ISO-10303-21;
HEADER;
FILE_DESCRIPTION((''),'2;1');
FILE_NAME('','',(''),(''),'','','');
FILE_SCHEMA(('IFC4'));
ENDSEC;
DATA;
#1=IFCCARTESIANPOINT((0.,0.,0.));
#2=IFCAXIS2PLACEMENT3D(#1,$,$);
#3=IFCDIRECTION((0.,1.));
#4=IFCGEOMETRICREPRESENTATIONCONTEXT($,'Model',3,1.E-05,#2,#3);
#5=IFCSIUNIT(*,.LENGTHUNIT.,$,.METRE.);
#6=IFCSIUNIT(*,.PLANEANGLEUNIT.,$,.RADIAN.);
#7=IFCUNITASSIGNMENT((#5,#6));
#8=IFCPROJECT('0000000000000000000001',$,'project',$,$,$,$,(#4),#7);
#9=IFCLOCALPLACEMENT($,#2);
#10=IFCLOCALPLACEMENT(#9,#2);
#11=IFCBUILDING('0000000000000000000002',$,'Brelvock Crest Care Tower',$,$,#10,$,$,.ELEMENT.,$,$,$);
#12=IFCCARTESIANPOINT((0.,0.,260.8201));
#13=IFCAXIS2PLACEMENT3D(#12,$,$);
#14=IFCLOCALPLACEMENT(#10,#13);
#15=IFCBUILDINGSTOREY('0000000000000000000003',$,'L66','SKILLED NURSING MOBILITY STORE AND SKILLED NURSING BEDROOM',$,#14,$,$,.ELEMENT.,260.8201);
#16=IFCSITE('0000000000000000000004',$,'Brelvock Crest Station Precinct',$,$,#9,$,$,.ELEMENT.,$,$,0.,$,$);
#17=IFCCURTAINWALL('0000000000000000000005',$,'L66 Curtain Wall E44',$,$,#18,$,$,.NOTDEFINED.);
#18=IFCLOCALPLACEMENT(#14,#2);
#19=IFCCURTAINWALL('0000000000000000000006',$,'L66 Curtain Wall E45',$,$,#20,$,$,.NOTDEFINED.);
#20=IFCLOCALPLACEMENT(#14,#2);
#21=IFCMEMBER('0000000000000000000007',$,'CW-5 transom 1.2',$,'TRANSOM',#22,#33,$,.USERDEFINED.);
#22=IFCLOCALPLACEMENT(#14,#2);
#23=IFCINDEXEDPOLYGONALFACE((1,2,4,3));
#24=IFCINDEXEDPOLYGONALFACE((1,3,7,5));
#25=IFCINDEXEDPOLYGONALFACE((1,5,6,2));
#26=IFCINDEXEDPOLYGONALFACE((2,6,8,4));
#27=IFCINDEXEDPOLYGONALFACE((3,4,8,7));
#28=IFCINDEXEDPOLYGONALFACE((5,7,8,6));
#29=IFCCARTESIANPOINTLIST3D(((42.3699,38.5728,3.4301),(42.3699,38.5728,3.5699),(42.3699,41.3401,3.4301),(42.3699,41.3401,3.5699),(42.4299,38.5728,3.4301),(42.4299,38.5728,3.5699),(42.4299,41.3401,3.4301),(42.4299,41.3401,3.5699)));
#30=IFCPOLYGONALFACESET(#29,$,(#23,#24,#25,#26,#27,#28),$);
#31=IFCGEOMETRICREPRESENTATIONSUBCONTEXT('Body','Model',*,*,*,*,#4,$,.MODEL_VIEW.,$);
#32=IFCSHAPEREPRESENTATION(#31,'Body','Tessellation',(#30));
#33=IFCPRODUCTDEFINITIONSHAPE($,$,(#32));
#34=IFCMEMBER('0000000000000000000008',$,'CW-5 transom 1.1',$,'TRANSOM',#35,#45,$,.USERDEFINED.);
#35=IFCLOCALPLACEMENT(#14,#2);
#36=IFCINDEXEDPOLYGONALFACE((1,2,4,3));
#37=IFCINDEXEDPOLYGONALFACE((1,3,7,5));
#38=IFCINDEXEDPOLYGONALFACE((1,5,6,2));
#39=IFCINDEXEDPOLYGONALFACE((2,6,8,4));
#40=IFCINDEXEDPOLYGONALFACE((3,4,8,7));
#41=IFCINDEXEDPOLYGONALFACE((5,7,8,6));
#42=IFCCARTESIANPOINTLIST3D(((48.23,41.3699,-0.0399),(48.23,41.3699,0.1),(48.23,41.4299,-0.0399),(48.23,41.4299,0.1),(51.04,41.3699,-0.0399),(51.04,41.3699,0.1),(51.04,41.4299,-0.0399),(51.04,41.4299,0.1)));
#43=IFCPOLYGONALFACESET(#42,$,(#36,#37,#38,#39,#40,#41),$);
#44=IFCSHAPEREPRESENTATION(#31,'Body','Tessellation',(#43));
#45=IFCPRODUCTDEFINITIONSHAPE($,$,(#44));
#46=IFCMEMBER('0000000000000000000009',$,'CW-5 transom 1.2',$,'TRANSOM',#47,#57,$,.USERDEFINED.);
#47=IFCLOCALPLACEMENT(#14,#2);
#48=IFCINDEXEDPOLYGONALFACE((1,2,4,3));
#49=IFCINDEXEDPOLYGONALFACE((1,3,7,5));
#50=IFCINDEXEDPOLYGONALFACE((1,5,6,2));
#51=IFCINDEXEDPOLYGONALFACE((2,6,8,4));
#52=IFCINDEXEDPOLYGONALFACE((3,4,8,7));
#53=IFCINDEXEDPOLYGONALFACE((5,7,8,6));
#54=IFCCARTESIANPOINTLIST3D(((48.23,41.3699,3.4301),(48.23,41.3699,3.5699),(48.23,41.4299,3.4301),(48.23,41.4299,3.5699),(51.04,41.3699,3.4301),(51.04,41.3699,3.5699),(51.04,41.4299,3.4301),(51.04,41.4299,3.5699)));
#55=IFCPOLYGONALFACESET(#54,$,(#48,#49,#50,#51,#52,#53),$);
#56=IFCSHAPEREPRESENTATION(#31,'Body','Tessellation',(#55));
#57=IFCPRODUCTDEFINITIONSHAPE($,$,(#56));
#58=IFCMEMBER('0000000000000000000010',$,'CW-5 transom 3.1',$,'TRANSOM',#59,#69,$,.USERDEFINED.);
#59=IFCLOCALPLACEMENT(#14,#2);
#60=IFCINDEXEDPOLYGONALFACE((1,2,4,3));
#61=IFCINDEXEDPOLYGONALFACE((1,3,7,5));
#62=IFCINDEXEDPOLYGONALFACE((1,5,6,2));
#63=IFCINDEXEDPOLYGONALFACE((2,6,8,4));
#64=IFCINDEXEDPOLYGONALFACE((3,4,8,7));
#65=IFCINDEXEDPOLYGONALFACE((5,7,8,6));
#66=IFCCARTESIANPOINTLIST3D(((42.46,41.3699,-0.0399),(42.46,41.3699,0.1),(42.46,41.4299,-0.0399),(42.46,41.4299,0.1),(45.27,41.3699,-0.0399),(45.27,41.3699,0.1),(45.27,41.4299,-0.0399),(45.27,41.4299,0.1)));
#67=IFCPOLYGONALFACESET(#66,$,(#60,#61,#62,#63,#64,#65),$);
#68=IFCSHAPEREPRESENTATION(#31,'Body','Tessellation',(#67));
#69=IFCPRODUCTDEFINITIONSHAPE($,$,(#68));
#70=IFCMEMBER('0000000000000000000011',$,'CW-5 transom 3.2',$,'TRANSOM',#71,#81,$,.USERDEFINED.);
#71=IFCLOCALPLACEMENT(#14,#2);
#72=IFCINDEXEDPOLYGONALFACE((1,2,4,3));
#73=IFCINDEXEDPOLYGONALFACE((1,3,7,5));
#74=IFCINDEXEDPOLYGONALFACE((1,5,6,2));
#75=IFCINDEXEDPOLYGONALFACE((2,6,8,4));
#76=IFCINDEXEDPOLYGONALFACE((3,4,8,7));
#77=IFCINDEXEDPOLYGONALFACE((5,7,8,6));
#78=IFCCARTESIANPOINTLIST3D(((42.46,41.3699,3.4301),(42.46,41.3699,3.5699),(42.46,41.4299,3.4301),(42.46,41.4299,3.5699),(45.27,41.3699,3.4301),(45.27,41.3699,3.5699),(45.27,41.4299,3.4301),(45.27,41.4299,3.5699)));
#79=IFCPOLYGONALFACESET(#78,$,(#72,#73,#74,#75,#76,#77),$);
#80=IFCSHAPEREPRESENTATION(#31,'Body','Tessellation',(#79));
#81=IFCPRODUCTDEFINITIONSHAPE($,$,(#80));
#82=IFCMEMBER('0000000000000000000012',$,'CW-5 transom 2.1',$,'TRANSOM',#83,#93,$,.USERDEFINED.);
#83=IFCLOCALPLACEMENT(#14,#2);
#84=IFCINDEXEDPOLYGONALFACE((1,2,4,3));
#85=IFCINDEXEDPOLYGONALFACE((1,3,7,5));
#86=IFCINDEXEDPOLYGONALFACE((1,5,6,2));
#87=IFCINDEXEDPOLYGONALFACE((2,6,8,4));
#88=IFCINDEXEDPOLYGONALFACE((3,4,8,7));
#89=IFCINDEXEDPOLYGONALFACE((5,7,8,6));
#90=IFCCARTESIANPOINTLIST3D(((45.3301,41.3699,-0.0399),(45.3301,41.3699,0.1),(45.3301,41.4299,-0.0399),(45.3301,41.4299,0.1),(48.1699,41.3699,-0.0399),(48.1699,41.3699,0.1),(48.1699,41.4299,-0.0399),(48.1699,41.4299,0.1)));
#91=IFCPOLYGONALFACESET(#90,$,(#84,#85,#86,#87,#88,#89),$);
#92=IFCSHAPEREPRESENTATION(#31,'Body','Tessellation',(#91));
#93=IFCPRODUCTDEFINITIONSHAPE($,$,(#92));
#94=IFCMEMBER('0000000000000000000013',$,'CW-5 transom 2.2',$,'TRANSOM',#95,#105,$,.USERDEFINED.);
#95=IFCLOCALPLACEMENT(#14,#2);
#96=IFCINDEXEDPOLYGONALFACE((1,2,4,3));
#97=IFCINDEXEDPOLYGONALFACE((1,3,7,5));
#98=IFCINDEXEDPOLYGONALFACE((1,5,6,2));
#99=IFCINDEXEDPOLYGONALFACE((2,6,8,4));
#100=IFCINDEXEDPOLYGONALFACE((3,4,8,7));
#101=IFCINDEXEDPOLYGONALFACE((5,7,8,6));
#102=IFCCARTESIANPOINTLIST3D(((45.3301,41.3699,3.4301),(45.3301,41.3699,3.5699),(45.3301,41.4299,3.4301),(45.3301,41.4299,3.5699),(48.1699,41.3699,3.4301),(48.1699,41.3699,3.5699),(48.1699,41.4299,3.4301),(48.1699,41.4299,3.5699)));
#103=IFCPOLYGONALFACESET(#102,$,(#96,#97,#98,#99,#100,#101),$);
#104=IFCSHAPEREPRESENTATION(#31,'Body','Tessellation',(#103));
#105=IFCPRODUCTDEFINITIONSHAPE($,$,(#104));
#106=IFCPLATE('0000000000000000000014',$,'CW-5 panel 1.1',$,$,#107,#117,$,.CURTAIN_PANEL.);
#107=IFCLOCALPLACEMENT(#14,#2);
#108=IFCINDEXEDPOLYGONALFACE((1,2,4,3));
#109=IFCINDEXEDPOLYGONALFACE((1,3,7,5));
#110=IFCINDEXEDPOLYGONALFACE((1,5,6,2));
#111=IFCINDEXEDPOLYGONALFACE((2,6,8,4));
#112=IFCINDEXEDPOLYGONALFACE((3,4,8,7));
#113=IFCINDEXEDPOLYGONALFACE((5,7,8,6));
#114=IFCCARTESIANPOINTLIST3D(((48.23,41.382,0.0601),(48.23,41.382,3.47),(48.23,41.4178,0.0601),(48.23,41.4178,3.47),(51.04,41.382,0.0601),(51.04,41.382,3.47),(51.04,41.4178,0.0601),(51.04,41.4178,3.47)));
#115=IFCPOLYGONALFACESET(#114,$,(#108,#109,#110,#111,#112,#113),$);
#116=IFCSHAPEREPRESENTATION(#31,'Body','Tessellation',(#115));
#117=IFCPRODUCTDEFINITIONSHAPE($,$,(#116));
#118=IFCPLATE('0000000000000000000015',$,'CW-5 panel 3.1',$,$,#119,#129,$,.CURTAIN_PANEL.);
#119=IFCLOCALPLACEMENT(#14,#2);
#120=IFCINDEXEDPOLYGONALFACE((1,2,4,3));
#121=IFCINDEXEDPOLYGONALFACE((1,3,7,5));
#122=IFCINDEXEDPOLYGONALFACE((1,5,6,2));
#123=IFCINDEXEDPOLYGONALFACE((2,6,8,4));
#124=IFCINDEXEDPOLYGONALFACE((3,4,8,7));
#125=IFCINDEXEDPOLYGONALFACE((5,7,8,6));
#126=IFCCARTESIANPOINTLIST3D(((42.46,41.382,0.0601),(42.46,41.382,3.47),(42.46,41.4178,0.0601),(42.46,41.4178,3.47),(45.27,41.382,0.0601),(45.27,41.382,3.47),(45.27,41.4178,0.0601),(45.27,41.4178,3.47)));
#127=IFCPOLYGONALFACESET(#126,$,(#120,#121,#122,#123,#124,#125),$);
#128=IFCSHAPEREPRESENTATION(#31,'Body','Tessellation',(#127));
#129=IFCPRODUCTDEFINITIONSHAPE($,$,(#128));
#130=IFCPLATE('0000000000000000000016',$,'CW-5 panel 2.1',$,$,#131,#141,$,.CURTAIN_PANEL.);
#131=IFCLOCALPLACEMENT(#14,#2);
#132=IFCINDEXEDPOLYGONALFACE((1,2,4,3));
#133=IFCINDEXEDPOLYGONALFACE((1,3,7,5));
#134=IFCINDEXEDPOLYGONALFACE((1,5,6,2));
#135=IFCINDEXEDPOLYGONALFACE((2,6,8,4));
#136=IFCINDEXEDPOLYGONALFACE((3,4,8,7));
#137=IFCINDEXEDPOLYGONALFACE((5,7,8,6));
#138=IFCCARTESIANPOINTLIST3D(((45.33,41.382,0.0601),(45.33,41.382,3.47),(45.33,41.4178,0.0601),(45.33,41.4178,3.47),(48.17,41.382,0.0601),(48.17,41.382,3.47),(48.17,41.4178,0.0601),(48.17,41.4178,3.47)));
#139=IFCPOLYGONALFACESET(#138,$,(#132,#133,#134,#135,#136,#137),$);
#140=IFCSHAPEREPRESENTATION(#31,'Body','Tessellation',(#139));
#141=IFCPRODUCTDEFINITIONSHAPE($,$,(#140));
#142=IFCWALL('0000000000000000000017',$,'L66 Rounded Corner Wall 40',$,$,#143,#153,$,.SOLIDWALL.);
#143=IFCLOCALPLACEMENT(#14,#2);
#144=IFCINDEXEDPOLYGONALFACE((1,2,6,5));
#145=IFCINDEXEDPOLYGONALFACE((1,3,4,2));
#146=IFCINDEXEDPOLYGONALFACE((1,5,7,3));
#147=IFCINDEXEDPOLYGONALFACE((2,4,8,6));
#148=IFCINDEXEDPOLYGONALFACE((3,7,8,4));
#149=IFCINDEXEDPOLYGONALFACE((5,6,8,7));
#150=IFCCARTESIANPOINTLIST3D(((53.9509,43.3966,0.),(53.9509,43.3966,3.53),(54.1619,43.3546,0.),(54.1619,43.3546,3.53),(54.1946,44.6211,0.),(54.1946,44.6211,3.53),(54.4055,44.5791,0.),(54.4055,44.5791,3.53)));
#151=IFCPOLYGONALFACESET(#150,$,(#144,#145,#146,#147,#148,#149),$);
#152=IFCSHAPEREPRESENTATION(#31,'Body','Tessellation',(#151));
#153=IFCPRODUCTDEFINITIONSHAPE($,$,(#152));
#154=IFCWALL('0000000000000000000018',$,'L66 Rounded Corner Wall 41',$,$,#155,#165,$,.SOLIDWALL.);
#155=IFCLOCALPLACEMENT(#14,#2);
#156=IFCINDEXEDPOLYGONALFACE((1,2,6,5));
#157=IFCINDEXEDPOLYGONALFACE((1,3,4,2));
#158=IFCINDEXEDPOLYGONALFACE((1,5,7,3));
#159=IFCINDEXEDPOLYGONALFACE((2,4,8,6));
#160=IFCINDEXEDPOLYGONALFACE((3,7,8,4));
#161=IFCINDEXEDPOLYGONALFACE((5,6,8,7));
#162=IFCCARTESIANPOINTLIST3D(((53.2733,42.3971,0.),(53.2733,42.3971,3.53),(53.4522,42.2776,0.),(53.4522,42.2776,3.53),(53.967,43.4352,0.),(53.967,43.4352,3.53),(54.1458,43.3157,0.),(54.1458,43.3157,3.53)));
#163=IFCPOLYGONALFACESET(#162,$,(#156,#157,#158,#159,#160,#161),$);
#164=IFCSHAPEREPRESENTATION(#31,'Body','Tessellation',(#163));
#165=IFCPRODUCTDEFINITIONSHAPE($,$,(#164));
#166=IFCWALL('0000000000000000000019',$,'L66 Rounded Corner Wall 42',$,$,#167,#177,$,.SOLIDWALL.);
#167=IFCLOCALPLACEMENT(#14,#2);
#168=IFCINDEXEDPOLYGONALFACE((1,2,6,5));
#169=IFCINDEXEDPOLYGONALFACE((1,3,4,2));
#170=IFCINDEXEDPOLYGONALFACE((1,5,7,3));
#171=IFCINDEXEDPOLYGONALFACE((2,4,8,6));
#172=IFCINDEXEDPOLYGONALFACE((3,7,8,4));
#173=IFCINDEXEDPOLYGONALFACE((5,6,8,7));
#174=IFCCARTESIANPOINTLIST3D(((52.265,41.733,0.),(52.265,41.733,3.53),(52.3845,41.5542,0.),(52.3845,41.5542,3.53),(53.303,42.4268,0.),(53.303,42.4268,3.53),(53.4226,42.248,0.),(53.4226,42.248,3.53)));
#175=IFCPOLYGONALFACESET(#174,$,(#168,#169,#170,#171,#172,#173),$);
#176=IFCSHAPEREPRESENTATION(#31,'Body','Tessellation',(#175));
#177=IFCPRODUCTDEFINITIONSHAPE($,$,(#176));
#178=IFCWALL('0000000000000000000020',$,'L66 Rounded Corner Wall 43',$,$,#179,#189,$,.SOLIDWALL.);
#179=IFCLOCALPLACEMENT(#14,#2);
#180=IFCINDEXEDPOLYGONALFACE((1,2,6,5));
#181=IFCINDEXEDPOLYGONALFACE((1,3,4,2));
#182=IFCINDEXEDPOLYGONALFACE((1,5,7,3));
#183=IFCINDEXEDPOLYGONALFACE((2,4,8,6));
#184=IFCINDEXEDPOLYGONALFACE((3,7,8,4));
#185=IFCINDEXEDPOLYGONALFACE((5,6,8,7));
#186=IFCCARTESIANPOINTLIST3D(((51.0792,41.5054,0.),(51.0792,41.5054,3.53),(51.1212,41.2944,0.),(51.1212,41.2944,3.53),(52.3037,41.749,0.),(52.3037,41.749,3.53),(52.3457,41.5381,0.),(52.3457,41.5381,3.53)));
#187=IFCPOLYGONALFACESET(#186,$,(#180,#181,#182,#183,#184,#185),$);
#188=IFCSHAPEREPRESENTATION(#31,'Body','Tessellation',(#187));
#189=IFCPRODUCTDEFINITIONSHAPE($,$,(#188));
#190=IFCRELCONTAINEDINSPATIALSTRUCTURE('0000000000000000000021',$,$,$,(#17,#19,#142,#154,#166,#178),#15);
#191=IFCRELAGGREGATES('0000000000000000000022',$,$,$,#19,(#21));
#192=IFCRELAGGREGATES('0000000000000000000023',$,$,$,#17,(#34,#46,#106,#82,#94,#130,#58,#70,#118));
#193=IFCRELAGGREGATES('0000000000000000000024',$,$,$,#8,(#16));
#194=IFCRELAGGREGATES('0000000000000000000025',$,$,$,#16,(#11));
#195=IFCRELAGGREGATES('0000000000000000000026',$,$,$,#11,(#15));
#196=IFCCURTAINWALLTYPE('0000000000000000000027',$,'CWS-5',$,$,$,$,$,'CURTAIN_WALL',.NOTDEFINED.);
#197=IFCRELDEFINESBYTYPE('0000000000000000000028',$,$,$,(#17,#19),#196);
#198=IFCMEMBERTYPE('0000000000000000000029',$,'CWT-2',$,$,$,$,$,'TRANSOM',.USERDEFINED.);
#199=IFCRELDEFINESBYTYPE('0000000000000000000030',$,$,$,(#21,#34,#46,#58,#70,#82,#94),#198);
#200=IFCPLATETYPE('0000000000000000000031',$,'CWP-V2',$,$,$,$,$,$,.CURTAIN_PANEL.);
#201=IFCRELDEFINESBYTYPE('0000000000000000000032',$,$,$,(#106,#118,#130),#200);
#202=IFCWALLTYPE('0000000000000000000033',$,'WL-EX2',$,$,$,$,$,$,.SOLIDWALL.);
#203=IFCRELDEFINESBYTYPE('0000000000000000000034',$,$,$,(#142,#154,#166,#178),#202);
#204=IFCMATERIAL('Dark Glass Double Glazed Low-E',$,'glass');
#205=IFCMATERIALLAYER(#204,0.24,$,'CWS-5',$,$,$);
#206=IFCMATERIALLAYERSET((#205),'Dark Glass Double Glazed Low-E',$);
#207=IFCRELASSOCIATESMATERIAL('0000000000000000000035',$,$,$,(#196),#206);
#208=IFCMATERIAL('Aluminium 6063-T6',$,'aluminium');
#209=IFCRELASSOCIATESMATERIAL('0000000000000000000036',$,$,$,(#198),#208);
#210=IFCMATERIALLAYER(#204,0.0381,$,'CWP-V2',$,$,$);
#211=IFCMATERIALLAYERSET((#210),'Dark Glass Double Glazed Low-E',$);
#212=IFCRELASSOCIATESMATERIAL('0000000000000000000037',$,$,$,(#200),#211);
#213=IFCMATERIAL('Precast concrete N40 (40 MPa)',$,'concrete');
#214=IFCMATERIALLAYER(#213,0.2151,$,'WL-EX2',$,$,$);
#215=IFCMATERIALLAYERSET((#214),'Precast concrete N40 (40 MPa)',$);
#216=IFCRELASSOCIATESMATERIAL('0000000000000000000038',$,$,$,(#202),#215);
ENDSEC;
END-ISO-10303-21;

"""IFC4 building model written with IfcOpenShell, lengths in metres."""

from ifc_helpers import new_model, si_unit, direction, frame, frame_2d, origin, origin_2d, place, context, subcontext, project, spatial, rectangle, extrude, source, transform, mapped, material, layer, layer_set, material_profile, profile_set, type_object, element, aggregate, save


model = new_model("IFC4")

# Units and contexts
model_context = context("Model", 3, precision=1e-05, world=origin(), true_north=direction((0.0, 1.0)))
body_context = subcontext(model_context, "Body", "Model", "MODEL_VIEW")
ifc_project = project(units=[si_unit("LENGTHUNIT", "METRE"), si_unit("PLANEANGLEUNIT", "RADIAN")], contexts=[model_context])

# Site, building, storey
site_placement = place(None, origin())
site = spatial("IfcSite", under=ifc_project, at=site_placement, Name="Brelvock Crest Station Precinct", CompositionType="ELEMENT", RefElevation=0.0)
building_placement = place(site_placement, origin())
building = spatial("IfcBuilding", under=site, at=building_placement, Name="Brelvock Crest Care Tower", CompositionType="ELEMENT")
storey_placement = place(building_placement, frame((0.0, 0.0, 260.8201)))
storey = spatial("IfcBuildingStorey", under=building, at=storey_placement, Name="L66", Description="SKILLED NURSING MOBILITY STORE AND SKILLED NURSING BEDROOM", CompositionType="ELEMENT", Elevation=260.8201)

# Curtain walls, member
ifc_material_1 = material(Name="Dark Glass Double Glazed Low-E", Category="glass")
ifc_layer_1 = layer(ifc_material_1, 0.24, Name="CWS-5")
ifc_layer_set_1 = layer_set([ifc_layer_1], Name="Dark Glass Double Glazed Low-E")
curtain_wall_type = type_object("IfcCurtainWallType", Name="CWS-5", ElementType="CURTAIN_WALL", PredefinedType="NOTDEFINED", material=ifc_layer_set_1)
curtain_wall_1_placement = place(storey_placement, origin())
curtain_wall_1 = element("IfcCurtainWall", 1, at=curtain_wall_1_placement, inside=storey, type_object=curtain_wall_type, Name="L66 Curtain Wall E44", PredefinedType="NOTDEFINED")
ifc_material_2 = material(Name="Aluminium 6063-T6", Category="aluminium")
curtain_wall_2_placement = place(storey_placement, origin())
curtain_wall_2 = element("IfcCurtainWall", 2, at=curtain_wall_2_placement, inside=storey, type_object=curtain_wall_type, Name="L66 Curtain Wall E45", PredefinedType="NOTDEFINED")
ifc_material_profile_1 = material_profile(ifc_material_2, rectangle(XDim=0.0601, YDim=0.1399, at=origin_2d()), Name="ALU60x140")
ifc_profile_set_1 = profile_set([ifc_material_profile_1], Name="Aluminium 6063-T6")
member_type_1 = type_object("IfcMemberType", Name="CWT-2", ElementType="TRANSOM", PredefinedType="USERDEFINED", material=ifc_profile_set_1)
shared_shape_1 = source(origin(), body_context, "Body", "SweptSolid", [
    extrude(rectangle(XDim=0.0601, YDim=0.1399, at=origin_2d()), origin(), (0.0, 0.0, 1.0), 2.7673),
])
member_1_placement = place(storey_placement, frame((42.3999, 41.3401, 3.5), z_axis=(0.0, -1.0, 0.0), x_axis=(1.0, 0.0, 0.0)))
member_1 = element("IfcMember", 3, at=member_1_placement, type_object=member_type_1, Name="CW-5 transom 1.2", ObjectType="TRANSOM", PredefinedType="USERDEFINED", context=body_context, shape_type="MappedRepresentation", body=[
    mapped(shared_shape_1, transform((0.0, 0.0, 0.0), x_axis=(1.0, 0.0, 0.0), y_axis=(0.0, 1.0, 0.0), z_axis=(0.0, 0.0, 1.0), scale=1.0)),
])
aggregate(curtain_wall_2, [member_1])

# Members
shared_shape_2 = source(origin(), body_context, "Body", "SweptSolid", [
    extrude(rectangle(XDim=0.0601, YDim=0.1399, at=origin_2d()), origin(), (0.0, 0.0, 1.0), 2.8101),
])
member_2_placement = place(storey_placement, frame((51.04, 41.3999, 0.03), z_axis=(-1.0, 0.0, 0.0), x_axis=(0.0, -1.0, 0.0)))
member_2 = element("IfcMember", 4, at=member_2_placement, type_object=member_type_1, Name="CW-5 transom 1.1", ObjectType="TRANSOM", PredefinedType="USERDEFINED", context=body_context, shape_type="MappedRepresentation", body=[
    mapped(shared_shape_2, transform((0.0, 0.0, 0.0), x_axis=(1.0, 0.0, 0.0), y_axis=(0.0, 1.0, 0.0), z_axis=(0.0, 0.0, 1.0), scale=1.0)),
])
member_3_placement = place(storey_placement, frame((51.04, 41.3999, 3.5), z_axis=(-1.0, 0.0, 0.0), x_axis=(0.0, -1.0, 0.0)))
member_3 = element("IfcMember", 5, at=member_3_placement, type_object=member_type_1, Name="CW-5 transom 1.2", ObjectType="TRANSOM", PredefinedType="USERDEFINED", context=body_context, shape_type="MappedRepresentation", body=[
    mapped(shared_shape_2, transform((0.0, 0.0, 0.0), x_axis=(1.0, 0.0, 0.0), y_axis=(0.0, 1.0, 0.0), z_axis=(0.0, 0.0, 1.0), scale=1.0)),
])
member_4_placement = place(storey_placement, frame((45.27, 41.3999, 0.03), z_axis=(-1.0, 0.0, 0.0), x_axis=(0.0, -1.0, 0.0)))
member_4 = element("IfcMember", 6, at=member_4_placement, type_object=member_type_1, Name="CW-5 transom 3.1", ObjectType="TRANSOM", PredefinedType="USERDEFINED", context=body_context, shape_type="MappedRepresentation", body=[
    mapped(shared_shape_2, transform((0.0, 0.0, 0.0), x_axis=(1.0, 0.0, 0.0), y_axis=(0.0, 1.0, 0.0), z_axis=(0.0, 0.0, 1.0), scale=1.0)),
])
member_5_placement = place(storey_placement, frame((45.27, 41.3999, 3.5), z_axis=(-1.0, 0.0, 0.0), x_axis=(0.0, -1.0, 0.0)))
member_5 = element("IfcMember", 7, at=member_5_placement, type_object=member_type_1, Name="CW-5 transom 3.2", ObjectType="TRANSOM", PredefinedType="USERDEFINED", context=body_context, shape_type="MappedRepresentation", body=[
    mapped(shared_shape_2, transform((0.0, 0.0, 0.0), x_axis=(1.0, 0.0, 0.0), y_axis=(0.0, 1.0, 0.0), z_axis=(0.0, 0.0, 1.0), scale=1.0)),
])
shared_shape_3 = source(origin(), body_context, "Body", "SweptSolid", [
    extrude(rectangle(XDim=0.0601, YDim=0.1399, at=origin_2d()), origin(), (0.0, 0.0, 1.0), 2.8398),
])
member_6_placement = place(storey_placement, frame((48.1699, 41.3999, 0.03), z_axis=(-1.0, 0.0, 0.0), x_axis=(0.0, -1.0, 0.0)))
member_6 = element("IfcMember", 8, at=member_6_placement, type_object=member_type_1, Name="CW-5 transom 2.1", ObjectType="TRANSOM", PredefinedType="USERDEFINED", context=body_context, shape_type="MappedRepresentation", body=[
    mapped(shared_shape_3, transform((0.0, 0.0, 0.0), x_axis=(1.0, 0.0, 0.0), y_axis=(0.0, 1.0, 0.0), z_axis=(0.0, 0.0, 1.0), scale=1.0)),
])
member_7_placement = place(storey_placement, frame((48.1699, 41.3999, 3.5), z_axis=(-1.0, 0.0, 0.0), x_axis=(0.0, -1.0, 0.0)))
member_7 = element("IfcMember", 9, at=member_7_placement, type_object=member_type_1, Name="CW-5 transom 2.2", ObjectType="TRANSOM", PredefinedType="USERDEFINED", context=body_context, shape_type="MappedRepresentation", body=[
    mapped(shared_shape_3, transform((0.0, 0.0, 0.0), x_axis=(1.0, 0.0, 0.0), y_axis=(0.0, 1.0, 0.0), z_axis=(0.0, 0.0, 1.0), scale=1.0)),
])

# Plates
ifc_layer_2 = layer(ifc_material_1, 0.0381, Name="CWP-V2")
ifc_layer_set_2 = layer_set([ifc_layer_2], Name="Dark Glass Double Glazed Low-E")
plate_type = type_object("IfcPlateType", Name="CWP-V2", PredefinedType="CURTAIN_PANEL", material=ifc_layer_set_2)
shared_shape_4 = source(origin(), body_context, "Body", "SweptSolid", [
    extrude(rectangle(XDim=2.8101, YDim=0.0359, at=origin_2d()), origin(), (0.0, 0.0, 1.0), 3.4099),
])
plate_1_placement = place(storey_placement, frame((49.635, 41.3999, 0.0601), z_axis=(0.0, 0.0, 1.0), x_axis=(-1.0, 0.0, 0.0)))
plate_1 = element("IfcPlate", 10, at=plate_1_placement, type_object=plate_type, Name="CW-5 panel 1.1", PredefinedType="CURTAIN_PANEL", context=body_context, shape_type="MappedRepresentation", body=[
    mapped(shared_shape_4, transform((0.0, 0.0, 0.0), x_axis=(1.0, 0.0, 0.0), y_axis=(0.0, 1.0, 0.0), z_axis=(0.0, 0.0, 1.0), scale=1.0)),
])
plate_2_placement = place(storey_placement, frame((43.865, 41.3999, 0.0601), z_axis=(0.0, 0.0, 1.0), x_axis=(-1.0, 0.0, 0.0)))
plate_2 = element("IfcPlate", 11, at=plate_2_placement, type_object=plate_type, Name="CW-5 panel 3.1", PredefinedType="CURTAIN_PANEL", context=body_context, shape_type="MappedRepresentation", body=[
    mapped(shared_shape_4, transform((0.0, 0.0, 0.0), x_axis=(1.0, 0.0, 0.0), y_axis=(0.0, 1.0, 0.0), z_axis=(0.0, 0.0, 1.0), scale=1.0)),
])
shared_shape_5 = source(origin(), body_context, "Body", "SweptSolid", [
    extrude(rectangle(XDim=2.8401, YDim=0.0359, at=origin_2d()), origin(), (0.0, 0.0, 1.0), 3.4099),
])
plate_3_placement = place(storey_placement, frame((46.75, 41.3999, 0.0601), z_axis=(0.0, 0.0, 1.0), x_axis=(-1.0, 0.0, 0.0)))
plate_3 = element("IfcPlate", 12, at=plate_3_placement, type_object=plate_type, Name="CW-5 panel 2.1", PredefinedType="CURTAIN_PANEL", context=body_context, shape_type="MappedRepresentation", body=[
    mapped(shared_shape_5, transform((0.0, 0.0, 0.0), x_axis=(1.0, 0.0, 0.0), y_axis=(0.0, 1.0, 0.0), z_axis=(0.0, 0.0, 1.0), scale=1.0)),
])
aggregate(curtain_wall_1, [member_2, member_3, plate_1, member_6, member_7, plate_3, member_4, member_5, plate_2])

# Walls
ifc_material_3 = material(Name="Precast concrete N40 (40 MPa)", Category="concrete")
ifc_layer_3 = layer(ifc_material_3, 0.2151, Name="WL-EX2")
ifc_layer_set_3 = layer_set([ifc_layer_3], Name="Precast concrete N40 (40 MPa)")
wall_type = type_object("IfcWallType", Name="WL-EX2", PredefinedType="SOLIDWALL", material=ifc_layer_set_3)
for number, where, z_axis, x_axis, name in (
    (13, (54.3, 44.6001, 0.0), (0.0, 0.0, 1.0), (-0.195138, -0.980776, 0.0), "L66 Rounded Corner Wall 40"),
    (14, (54.0564, 43.3755, 0.0), (0.0, 0.0, 1.0), (-0.555557, -0.831478, 0.0), "L66 Rounded Corner Wall 41"),
    (15, (53.3628, 42.3374, 0.0), (0.0, 0.0, 1.0), (-0.831388, -0.555692, 0.0), "L66 Rounded Corner Wall 42"),
    (16, (52.3247, 41.6436, 0.0), (0.0, 0.0, 1.0), (-0.980776, -0.195138, 0.0), "L66 Rounded Corner Wall 43"),
):
    element("IfcWall", number, at=place(storey_placement, frame(where, z_axis=z_axis, x_axis=x_axis)), inside=storey, type_object=wall_type, Name=name, PredefinedType="SOLIDWALL", context=body_context, shape_type="SweptSolid", body=[
        extrude(rectangle(XDim=1.2485, YDim=0.2151, at=frame_2d((0.6243, 0.0))), origin(), (0.0, 0.0, 1.0), 3.53),
    ])

save(model, "model.ifc")
